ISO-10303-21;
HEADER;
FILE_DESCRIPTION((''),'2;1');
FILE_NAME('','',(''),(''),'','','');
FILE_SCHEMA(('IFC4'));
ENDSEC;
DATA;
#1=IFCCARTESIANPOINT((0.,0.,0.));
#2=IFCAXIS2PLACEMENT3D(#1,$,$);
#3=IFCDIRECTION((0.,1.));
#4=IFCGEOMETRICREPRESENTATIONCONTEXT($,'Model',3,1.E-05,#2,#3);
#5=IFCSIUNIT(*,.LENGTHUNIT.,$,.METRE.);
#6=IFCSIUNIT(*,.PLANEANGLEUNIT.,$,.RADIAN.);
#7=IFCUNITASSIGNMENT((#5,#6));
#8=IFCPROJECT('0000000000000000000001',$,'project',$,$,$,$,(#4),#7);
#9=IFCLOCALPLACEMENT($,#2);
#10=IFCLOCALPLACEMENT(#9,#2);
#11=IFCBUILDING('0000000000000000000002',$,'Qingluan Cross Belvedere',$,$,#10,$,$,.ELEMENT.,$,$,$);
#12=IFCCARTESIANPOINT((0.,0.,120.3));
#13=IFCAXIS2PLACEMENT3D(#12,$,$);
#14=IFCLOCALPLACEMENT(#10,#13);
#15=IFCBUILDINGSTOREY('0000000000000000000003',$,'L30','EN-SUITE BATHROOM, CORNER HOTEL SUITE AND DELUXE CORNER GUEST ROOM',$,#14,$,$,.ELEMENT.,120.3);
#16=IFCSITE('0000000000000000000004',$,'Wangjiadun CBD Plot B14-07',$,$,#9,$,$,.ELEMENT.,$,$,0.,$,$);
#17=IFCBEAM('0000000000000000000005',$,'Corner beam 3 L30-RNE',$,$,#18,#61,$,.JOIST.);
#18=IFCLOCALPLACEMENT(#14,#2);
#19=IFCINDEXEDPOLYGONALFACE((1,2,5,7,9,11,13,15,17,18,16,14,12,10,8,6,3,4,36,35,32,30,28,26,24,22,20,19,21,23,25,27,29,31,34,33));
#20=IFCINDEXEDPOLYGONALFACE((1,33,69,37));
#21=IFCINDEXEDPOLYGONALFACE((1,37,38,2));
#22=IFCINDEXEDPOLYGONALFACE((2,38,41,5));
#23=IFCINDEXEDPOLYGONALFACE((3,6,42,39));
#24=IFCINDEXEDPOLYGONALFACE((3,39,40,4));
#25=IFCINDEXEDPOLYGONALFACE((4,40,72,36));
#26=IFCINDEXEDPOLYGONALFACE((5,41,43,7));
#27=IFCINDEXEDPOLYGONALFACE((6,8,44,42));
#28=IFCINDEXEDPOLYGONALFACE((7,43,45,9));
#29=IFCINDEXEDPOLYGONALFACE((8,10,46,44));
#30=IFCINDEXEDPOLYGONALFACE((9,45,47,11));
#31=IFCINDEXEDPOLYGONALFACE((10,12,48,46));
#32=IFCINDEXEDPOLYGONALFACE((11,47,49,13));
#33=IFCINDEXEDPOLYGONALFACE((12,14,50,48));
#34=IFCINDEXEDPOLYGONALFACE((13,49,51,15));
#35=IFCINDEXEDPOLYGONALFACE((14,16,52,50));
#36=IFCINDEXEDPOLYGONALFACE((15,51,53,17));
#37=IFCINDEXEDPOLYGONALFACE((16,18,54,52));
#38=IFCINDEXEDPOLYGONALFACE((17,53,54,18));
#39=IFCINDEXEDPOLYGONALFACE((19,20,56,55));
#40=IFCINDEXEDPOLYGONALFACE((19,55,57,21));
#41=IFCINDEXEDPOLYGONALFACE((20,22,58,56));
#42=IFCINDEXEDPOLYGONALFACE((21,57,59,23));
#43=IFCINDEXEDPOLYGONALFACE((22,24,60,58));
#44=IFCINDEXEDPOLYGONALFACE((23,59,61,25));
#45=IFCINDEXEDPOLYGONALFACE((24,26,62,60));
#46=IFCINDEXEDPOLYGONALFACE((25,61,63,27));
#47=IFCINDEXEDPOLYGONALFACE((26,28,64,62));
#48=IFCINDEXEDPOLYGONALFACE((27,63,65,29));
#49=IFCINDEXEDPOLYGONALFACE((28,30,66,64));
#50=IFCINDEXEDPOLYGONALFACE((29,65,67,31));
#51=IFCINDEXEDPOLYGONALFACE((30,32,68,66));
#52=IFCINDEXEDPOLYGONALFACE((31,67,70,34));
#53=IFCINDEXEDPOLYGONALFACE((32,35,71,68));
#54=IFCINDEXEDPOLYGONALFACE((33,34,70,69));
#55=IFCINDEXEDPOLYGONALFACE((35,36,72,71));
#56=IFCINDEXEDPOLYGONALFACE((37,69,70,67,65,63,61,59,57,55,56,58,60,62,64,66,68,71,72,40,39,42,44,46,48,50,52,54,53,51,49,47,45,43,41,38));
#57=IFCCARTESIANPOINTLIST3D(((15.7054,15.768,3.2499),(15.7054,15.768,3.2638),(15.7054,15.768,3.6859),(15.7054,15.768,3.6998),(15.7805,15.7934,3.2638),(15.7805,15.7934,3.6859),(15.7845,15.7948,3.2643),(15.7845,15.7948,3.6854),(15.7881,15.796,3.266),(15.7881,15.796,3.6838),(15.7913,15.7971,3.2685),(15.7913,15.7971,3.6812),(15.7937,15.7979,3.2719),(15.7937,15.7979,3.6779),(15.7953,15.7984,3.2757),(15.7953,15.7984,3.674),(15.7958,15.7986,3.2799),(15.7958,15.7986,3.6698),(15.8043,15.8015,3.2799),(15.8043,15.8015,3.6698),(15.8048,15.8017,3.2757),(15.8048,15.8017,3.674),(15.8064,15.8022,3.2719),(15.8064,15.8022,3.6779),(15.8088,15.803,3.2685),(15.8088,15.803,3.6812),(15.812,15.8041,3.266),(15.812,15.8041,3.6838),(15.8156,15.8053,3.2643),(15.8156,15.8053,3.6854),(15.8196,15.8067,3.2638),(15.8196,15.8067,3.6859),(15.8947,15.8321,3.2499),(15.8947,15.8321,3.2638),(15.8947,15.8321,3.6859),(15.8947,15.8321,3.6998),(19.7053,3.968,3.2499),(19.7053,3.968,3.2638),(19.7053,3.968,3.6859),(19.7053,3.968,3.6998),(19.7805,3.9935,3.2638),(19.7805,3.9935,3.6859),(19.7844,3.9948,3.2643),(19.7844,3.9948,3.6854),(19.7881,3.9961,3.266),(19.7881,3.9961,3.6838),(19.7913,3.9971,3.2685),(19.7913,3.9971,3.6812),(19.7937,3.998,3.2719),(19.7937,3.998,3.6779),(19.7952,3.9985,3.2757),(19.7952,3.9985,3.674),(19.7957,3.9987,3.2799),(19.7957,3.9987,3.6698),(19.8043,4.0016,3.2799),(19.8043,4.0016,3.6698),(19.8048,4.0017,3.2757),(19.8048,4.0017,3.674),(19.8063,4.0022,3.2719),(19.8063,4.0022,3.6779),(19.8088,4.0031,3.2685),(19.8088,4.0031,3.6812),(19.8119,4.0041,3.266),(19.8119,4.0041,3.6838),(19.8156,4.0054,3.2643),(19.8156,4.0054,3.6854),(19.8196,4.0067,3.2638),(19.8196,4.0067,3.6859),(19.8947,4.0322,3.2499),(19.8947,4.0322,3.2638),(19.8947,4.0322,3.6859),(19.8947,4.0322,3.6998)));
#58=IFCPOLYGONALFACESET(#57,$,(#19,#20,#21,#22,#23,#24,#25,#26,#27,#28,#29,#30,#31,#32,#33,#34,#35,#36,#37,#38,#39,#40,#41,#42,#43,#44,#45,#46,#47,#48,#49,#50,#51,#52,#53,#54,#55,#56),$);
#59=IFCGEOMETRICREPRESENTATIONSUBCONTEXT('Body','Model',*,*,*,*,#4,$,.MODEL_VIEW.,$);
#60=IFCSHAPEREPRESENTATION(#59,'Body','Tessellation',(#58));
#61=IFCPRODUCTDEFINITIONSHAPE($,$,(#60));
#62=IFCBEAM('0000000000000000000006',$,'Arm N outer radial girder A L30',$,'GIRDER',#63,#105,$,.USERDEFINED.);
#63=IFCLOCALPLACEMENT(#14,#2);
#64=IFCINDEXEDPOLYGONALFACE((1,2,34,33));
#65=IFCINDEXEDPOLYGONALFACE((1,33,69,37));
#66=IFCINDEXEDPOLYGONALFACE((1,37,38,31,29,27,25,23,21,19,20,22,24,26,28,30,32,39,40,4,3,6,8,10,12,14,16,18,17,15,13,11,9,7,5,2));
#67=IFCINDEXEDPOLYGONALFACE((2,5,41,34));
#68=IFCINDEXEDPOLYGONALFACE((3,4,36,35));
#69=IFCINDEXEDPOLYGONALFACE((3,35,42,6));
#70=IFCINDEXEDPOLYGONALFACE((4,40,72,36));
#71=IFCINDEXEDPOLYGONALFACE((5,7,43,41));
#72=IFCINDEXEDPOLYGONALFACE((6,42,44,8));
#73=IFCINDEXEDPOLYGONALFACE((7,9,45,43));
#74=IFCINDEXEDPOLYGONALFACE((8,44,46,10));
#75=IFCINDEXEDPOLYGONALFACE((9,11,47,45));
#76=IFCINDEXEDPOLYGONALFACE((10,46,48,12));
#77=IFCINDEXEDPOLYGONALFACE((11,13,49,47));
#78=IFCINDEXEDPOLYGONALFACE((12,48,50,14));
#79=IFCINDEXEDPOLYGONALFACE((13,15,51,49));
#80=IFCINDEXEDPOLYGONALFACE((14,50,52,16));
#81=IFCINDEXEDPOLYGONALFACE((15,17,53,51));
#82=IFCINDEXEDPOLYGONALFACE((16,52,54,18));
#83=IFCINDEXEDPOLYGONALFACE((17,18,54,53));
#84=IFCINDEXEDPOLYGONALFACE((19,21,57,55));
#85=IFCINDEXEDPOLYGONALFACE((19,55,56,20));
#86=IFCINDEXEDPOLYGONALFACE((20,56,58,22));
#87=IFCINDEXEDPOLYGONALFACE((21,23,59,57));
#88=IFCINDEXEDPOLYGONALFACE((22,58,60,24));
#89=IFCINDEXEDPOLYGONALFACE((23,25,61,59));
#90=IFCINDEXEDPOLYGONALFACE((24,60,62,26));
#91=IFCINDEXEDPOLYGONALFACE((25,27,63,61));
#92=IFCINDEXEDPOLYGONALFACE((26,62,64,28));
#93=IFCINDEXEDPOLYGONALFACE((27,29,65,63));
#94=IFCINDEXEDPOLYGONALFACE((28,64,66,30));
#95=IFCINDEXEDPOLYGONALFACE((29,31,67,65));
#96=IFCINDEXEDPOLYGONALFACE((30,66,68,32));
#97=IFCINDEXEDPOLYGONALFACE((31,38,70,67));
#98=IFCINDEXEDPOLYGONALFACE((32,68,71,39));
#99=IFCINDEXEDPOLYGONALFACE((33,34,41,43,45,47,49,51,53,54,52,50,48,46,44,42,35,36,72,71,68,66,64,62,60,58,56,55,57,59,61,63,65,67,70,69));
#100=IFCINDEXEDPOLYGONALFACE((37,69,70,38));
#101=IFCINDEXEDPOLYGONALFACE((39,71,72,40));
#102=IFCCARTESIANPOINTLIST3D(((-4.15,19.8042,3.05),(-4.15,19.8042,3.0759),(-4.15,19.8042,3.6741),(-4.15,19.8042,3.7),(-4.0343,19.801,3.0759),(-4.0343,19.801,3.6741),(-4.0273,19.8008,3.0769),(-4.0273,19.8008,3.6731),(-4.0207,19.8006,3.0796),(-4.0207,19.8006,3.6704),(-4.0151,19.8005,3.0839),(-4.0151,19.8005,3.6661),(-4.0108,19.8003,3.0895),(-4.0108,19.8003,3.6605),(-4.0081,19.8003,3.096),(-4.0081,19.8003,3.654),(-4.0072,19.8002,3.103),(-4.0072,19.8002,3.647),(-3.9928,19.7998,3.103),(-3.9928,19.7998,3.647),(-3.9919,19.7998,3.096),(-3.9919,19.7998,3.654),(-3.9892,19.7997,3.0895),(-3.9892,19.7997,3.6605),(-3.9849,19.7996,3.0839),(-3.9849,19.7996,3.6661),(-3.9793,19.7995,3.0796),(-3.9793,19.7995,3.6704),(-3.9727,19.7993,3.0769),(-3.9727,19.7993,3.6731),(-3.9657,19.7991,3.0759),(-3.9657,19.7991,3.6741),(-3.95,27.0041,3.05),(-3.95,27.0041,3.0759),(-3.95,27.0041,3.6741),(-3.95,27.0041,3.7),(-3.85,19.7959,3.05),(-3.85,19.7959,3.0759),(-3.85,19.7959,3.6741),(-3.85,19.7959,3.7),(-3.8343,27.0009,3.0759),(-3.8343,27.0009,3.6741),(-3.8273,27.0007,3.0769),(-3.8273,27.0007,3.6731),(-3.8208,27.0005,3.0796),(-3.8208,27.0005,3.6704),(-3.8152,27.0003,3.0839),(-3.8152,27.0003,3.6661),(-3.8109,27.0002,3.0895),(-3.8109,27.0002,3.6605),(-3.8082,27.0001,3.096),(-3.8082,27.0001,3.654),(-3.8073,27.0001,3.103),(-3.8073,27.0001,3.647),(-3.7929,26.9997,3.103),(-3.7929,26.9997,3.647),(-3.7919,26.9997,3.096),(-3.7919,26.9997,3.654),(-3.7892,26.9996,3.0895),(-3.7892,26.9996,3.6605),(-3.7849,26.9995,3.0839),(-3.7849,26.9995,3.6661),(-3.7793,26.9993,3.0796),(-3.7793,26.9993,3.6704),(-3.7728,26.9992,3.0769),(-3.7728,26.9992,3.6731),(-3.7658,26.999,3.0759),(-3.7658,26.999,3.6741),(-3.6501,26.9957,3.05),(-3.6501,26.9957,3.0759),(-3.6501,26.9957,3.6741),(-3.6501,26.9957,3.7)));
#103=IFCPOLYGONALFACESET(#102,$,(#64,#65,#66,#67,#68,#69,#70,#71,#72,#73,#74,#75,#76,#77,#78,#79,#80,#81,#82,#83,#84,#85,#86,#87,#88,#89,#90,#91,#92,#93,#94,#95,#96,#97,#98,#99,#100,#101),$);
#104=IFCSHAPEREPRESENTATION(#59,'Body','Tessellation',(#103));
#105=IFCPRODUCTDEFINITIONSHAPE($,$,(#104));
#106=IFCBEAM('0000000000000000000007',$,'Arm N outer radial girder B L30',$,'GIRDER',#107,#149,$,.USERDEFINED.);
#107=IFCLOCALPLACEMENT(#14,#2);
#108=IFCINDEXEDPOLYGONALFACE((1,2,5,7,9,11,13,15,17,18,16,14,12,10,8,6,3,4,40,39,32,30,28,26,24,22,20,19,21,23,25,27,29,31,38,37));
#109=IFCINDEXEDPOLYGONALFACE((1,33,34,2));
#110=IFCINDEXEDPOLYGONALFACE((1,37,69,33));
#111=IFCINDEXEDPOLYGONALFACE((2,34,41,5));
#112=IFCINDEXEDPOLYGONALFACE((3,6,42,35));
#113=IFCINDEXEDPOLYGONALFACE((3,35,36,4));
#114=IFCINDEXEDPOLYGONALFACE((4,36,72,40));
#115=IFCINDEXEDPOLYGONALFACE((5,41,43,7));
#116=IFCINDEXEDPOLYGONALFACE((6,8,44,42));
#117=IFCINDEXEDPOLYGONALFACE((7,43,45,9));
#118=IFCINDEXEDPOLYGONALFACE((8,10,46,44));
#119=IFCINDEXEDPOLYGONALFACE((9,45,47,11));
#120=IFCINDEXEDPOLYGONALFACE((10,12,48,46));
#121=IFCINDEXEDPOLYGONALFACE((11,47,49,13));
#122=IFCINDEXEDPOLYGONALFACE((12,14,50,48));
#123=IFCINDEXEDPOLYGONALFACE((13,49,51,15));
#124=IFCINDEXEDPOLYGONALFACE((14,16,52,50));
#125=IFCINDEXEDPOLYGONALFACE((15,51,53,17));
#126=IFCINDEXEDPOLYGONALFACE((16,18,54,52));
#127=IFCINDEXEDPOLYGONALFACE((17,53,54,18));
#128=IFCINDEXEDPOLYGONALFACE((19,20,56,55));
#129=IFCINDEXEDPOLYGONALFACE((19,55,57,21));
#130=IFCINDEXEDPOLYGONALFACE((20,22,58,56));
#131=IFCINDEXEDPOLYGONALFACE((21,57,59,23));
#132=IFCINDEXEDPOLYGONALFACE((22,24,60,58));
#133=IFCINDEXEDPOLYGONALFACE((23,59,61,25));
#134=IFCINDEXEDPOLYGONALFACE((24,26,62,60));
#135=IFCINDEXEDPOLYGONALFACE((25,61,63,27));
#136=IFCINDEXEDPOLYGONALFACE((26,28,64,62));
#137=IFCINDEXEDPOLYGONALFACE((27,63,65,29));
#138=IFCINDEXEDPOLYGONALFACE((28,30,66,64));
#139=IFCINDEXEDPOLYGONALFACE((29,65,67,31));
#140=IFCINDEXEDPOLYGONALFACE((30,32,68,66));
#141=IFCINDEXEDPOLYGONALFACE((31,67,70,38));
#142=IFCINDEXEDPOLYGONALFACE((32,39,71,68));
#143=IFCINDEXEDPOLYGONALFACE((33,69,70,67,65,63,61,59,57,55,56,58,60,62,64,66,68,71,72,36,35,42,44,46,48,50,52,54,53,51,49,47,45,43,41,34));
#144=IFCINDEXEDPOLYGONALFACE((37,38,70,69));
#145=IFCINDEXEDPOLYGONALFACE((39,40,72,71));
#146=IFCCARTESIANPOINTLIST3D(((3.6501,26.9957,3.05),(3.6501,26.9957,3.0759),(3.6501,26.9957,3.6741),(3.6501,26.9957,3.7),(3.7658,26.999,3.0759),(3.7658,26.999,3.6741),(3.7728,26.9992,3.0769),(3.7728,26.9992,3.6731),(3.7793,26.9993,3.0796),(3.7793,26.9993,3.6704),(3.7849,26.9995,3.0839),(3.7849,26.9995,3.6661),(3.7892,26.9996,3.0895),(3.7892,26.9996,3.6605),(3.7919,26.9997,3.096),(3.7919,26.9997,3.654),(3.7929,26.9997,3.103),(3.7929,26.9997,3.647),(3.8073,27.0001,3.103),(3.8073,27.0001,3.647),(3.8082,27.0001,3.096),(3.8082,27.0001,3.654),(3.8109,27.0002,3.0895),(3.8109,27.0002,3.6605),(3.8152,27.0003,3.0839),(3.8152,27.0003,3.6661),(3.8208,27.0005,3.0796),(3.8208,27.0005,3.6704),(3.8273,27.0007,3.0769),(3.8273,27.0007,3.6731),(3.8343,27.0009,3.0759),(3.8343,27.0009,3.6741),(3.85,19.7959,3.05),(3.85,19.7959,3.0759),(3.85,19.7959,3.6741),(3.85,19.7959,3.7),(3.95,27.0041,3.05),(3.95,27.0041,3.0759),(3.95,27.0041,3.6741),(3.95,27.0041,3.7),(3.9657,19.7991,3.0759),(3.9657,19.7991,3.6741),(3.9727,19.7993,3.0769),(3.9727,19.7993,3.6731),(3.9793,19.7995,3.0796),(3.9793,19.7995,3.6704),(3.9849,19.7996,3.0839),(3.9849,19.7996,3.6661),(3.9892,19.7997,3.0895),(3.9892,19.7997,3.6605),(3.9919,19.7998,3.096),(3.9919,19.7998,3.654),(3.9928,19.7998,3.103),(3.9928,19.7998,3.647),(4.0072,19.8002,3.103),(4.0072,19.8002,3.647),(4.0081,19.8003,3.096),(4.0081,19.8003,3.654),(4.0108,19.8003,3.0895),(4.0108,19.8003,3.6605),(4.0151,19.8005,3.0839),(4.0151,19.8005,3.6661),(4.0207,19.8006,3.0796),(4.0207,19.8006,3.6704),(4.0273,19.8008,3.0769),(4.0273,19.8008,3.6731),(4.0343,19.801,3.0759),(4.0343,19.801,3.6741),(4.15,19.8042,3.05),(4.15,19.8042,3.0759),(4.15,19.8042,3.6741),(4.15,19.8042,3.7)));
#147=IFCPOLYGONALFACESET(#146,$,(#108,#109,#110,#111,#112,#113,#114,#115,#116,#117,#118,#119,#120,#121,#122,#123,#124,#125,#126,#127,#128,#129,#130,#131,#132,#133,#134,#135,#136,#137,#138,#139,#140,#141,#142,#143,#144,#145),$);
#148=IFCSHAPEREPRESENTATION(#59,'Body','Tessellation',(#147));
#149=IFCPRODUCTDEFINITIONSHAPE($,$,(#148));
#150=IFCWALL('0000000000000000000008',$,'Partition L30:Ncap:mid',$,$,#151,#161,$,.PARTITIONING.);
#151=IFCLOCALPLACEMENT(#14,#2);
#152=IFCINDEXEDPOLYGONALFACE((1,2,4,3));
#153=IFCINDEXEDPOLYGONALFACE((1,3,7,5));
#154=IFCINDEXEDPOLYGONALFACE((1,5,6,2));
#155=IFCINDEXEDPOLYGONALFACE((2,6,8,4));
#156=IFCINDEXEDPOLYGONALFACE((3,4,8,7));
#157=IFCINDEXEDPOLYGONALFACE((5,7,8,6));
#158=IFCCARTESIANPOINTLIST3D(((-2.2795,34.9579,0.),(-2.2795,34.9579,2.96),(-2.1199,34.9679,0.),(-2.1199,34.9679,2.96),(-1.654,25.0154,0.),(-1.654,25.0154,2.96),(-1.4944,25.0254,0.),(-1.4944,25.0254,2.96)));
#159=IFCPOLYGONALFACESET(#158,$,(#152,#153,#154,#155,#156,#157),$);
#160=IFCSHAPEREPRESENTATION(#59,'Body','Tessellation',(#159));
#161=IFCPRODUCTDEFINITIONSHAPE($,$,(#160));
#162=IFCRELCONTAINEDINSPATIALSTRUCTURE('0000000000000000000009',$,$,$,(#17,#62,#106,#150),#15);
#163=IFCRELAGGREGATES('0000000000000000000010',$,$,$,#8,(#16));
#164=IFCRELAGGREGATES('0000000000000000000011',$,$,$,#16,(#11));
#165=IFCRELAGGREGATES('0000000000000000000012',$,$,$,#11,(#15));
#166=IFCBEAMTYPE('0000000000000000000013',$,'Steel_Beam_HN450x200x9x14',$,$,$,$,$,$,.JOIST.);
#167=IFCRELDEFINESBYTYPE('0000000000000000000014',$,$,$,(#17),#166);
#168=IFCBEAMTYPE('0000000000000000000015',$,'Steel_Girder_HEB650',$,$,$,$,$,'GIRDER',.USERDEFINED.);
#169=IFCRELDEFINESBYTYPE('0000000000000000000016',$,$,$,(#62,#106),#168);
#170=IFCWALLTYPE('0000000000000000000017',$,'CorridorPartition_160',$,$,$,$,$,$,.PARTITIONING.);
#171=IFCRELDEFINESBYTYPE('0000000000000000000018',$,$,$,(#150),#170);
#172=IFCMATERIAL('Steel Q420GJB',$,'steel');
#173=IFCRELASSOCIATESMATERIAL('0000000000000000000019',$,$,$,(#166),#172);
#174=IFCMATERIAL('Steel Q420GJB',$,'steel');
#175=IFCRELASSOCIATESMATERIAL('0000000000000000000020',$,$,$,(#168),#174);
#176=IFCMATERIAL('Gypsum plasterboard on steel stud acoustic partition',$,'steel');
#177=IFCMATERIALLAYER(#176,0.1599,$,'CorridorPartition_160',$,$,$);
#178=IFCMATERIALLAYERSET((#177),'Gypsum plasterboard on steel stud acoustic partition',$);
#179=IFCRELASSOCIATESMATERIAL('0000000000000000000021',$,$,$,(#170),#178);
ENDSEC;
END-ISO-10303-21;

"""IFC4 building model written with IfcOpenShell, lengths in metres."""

from ifc_helpers import new_model, si_unit, direction, frame, frame_2d, origin, origin_2d, place, context, subcontext, project, spatial, rectangle, i_section, extrude, material, layer, layer_set, material_profile, profile_set, type_object, element, save


model = new_model("IFC4")

# Units and contexts
model_context = context("Model", 3, precision=1e-05, world=origin(), true_north=direction((0.0, 1.0)))
body_context = subcontext(model_context, "Body", "Model", "MODEL_VIEW")
ifc_project = project(units=[si_unit("LENGTHUNIT", "METRE"), si_unit("PLANEANGLEUNIT", "RADIAN")], contexts=[model_context])

# Site, building, storey
site_placement = place(None, origin())
site = spatial("IfcSite", under=ifc_project, at=site_placement, Name="Wangjiadun CBD Plot B14-07", CompositionType="ELEMENT", RefElevation=0.0)
building_placement = place(site_placement, origin())
building = spatial("IfcBuilding", under=site, at=building_placement, Name="Qingluan Cross Belvedere", CompositionType="ELEMENT")
storey_placement = place(building_placement, frame((0.0, 0.0, 120.3)))
storey = spatial("IfcBuildingStorey", under=building, at=storey_placement, Name="L30", Description="EN-SUITE BATHROOM, CORNER HOTEL SUITE AND DELUXE CORNER GUEST ROOM", CompositionType="ELEMENT", Elevation=120.3)

# Beams
ifc_material_1 = material(Name="Steel Q420GJB", Category="steel")
ifc_material_profile_1 = material_profile(ifc_material_1, i_section(OverallWidth=0.2, OverallDepth=0.45, WebThickness=0.009, FlangeThickness=0.0139, FilletRadius=0.0161, at=origin_2d()), Name="HN450x200x9x14")
ifc_profile_set_1 = profile_set([ifc_material_profile_1], Name="Steel Q420GJB")
beam_type_1 = type_object("IfcBeamType", Name="Steel_Beam_HN450x200x9x14", PredefinedType="JOIST", material=ifc_profile_set_1)
for number, where, z_axis, x_axis, name in (
    (1, (15.8, 15.8, 3.4749), (0.321038, -0.947066, 0.0), (0.947066, 0.321038, 0.0), "Corner beam 3 L30-RNE"),
):
    element("IfcBeam", number, at=place(storey_placement, frame(where, z_axis=z_axis, x_axis=x_axis)), inside=storey, type_object=beam_type_1, Name=name, PredefinedType="JOIST", context=body_context, shape_type="SweptSolid", body=[
        extrude(i_section(OverallWidth=0.2, OverallDepth=0.45, WebThickness=0.009, FlangeThickness=0.0139, FilletRadius=0.0161, at=origin_2d()), origin(), (0.0, 0.0, 1.0), 12.4595),
    ])
ifc_material_2 = material(Name="Steel Q420GJB", Category="steel")
ifc_material_profile_2 = material_profile(ifc_material_2, i_section(OverallWidth=0.3, OverallDepth=0.6499, WebThickness=0.0144, FlangeThickness=0.0259, FilletRadius=0.0271, at=origin_2d()), Name="HEB650")
ifc_profile_set_2 = profile_set([ifc_material_profile_2], Name="Steel Q420GJB")
beam_type_2 = type_object("IfcBeamType", Name="Steel_Girder_HEB650", ElementType="GIRDER", PredefinedType="USERDEFINED", material=ifc_profile_set_2)
for number, where, z_axis, x_axis, name in (
    (2, (-4.0, 19.8, 3.375), (0.02776, 0.999615, 0.0), (-0.999615, 0.02776, 0.0), "Arm N outer radial girder A L30"),
    (3, (4.0, 19.8, 3.375), (-0.02776, 0.999615, 0.0), (-0.999615, -0.02776, 0.0), "Arm N outer radial girder B L30"),
):
    element("IfcBeam", number, at=place(storey_placement, frame(where, z_axis=z_axis, x_axis=x_axis)), inside=storey, type_object=beam_type_2, Name=name, ObjectType="GIRDER", PredefinedType="USERDEFINED", context=body_context, shape_type="SweptSolid", body=[
        extrude(i_section(OverallWidth=0.3, OverallDepth=0.6499, WebThickness=0.0144, FlangeThickness=0.0259, FilletRadius=0.0271, at=origin_2d()), origin(), (0.0, 0.0, 1.0), 7.2026),
    ])

# Wall
ifc_material_3 = material(Name="Gypsum plasterboard on steel stud acoustic partition", Category="steel")
ifc_layer_1 = layer(ifc_material_3, 0.1599, Name="CorridorPartition_160")
ifc_layer_set_1 = layer_set([ifc_layer_1], Name="Gypsum plasterboard on steel stud acoustic partition")
wall_type_1 = type_object("IfcWallType", Name="CorridorPartition_160", PredefinedType="PARTITIONING", material=ifc_layer_set_1)
wall_1_placement = place(storey_placement, frame((-1.5742, 25.0205, 0.0), z_axis=(0.0, 0.0, 1.0), x_axis=(-0.062787, 0.998027, 0.0)))
element("IfcWall", 4, at=wall_1_placement, inside=storey, type_object=wall_type_1, Name="Partition L30:Ncap:mid", PredefinedType="PARTITIONING", context=body_context, shape_type="SweptSolid", body=[
    extrude(rectangle(XDim=9.9622, YDim=0.1599, at=frame_2d((4.981, 0.0))), origin(), (0.0, 0.0, 1.0), 2.96),
])

save(model, "model.ifc")
